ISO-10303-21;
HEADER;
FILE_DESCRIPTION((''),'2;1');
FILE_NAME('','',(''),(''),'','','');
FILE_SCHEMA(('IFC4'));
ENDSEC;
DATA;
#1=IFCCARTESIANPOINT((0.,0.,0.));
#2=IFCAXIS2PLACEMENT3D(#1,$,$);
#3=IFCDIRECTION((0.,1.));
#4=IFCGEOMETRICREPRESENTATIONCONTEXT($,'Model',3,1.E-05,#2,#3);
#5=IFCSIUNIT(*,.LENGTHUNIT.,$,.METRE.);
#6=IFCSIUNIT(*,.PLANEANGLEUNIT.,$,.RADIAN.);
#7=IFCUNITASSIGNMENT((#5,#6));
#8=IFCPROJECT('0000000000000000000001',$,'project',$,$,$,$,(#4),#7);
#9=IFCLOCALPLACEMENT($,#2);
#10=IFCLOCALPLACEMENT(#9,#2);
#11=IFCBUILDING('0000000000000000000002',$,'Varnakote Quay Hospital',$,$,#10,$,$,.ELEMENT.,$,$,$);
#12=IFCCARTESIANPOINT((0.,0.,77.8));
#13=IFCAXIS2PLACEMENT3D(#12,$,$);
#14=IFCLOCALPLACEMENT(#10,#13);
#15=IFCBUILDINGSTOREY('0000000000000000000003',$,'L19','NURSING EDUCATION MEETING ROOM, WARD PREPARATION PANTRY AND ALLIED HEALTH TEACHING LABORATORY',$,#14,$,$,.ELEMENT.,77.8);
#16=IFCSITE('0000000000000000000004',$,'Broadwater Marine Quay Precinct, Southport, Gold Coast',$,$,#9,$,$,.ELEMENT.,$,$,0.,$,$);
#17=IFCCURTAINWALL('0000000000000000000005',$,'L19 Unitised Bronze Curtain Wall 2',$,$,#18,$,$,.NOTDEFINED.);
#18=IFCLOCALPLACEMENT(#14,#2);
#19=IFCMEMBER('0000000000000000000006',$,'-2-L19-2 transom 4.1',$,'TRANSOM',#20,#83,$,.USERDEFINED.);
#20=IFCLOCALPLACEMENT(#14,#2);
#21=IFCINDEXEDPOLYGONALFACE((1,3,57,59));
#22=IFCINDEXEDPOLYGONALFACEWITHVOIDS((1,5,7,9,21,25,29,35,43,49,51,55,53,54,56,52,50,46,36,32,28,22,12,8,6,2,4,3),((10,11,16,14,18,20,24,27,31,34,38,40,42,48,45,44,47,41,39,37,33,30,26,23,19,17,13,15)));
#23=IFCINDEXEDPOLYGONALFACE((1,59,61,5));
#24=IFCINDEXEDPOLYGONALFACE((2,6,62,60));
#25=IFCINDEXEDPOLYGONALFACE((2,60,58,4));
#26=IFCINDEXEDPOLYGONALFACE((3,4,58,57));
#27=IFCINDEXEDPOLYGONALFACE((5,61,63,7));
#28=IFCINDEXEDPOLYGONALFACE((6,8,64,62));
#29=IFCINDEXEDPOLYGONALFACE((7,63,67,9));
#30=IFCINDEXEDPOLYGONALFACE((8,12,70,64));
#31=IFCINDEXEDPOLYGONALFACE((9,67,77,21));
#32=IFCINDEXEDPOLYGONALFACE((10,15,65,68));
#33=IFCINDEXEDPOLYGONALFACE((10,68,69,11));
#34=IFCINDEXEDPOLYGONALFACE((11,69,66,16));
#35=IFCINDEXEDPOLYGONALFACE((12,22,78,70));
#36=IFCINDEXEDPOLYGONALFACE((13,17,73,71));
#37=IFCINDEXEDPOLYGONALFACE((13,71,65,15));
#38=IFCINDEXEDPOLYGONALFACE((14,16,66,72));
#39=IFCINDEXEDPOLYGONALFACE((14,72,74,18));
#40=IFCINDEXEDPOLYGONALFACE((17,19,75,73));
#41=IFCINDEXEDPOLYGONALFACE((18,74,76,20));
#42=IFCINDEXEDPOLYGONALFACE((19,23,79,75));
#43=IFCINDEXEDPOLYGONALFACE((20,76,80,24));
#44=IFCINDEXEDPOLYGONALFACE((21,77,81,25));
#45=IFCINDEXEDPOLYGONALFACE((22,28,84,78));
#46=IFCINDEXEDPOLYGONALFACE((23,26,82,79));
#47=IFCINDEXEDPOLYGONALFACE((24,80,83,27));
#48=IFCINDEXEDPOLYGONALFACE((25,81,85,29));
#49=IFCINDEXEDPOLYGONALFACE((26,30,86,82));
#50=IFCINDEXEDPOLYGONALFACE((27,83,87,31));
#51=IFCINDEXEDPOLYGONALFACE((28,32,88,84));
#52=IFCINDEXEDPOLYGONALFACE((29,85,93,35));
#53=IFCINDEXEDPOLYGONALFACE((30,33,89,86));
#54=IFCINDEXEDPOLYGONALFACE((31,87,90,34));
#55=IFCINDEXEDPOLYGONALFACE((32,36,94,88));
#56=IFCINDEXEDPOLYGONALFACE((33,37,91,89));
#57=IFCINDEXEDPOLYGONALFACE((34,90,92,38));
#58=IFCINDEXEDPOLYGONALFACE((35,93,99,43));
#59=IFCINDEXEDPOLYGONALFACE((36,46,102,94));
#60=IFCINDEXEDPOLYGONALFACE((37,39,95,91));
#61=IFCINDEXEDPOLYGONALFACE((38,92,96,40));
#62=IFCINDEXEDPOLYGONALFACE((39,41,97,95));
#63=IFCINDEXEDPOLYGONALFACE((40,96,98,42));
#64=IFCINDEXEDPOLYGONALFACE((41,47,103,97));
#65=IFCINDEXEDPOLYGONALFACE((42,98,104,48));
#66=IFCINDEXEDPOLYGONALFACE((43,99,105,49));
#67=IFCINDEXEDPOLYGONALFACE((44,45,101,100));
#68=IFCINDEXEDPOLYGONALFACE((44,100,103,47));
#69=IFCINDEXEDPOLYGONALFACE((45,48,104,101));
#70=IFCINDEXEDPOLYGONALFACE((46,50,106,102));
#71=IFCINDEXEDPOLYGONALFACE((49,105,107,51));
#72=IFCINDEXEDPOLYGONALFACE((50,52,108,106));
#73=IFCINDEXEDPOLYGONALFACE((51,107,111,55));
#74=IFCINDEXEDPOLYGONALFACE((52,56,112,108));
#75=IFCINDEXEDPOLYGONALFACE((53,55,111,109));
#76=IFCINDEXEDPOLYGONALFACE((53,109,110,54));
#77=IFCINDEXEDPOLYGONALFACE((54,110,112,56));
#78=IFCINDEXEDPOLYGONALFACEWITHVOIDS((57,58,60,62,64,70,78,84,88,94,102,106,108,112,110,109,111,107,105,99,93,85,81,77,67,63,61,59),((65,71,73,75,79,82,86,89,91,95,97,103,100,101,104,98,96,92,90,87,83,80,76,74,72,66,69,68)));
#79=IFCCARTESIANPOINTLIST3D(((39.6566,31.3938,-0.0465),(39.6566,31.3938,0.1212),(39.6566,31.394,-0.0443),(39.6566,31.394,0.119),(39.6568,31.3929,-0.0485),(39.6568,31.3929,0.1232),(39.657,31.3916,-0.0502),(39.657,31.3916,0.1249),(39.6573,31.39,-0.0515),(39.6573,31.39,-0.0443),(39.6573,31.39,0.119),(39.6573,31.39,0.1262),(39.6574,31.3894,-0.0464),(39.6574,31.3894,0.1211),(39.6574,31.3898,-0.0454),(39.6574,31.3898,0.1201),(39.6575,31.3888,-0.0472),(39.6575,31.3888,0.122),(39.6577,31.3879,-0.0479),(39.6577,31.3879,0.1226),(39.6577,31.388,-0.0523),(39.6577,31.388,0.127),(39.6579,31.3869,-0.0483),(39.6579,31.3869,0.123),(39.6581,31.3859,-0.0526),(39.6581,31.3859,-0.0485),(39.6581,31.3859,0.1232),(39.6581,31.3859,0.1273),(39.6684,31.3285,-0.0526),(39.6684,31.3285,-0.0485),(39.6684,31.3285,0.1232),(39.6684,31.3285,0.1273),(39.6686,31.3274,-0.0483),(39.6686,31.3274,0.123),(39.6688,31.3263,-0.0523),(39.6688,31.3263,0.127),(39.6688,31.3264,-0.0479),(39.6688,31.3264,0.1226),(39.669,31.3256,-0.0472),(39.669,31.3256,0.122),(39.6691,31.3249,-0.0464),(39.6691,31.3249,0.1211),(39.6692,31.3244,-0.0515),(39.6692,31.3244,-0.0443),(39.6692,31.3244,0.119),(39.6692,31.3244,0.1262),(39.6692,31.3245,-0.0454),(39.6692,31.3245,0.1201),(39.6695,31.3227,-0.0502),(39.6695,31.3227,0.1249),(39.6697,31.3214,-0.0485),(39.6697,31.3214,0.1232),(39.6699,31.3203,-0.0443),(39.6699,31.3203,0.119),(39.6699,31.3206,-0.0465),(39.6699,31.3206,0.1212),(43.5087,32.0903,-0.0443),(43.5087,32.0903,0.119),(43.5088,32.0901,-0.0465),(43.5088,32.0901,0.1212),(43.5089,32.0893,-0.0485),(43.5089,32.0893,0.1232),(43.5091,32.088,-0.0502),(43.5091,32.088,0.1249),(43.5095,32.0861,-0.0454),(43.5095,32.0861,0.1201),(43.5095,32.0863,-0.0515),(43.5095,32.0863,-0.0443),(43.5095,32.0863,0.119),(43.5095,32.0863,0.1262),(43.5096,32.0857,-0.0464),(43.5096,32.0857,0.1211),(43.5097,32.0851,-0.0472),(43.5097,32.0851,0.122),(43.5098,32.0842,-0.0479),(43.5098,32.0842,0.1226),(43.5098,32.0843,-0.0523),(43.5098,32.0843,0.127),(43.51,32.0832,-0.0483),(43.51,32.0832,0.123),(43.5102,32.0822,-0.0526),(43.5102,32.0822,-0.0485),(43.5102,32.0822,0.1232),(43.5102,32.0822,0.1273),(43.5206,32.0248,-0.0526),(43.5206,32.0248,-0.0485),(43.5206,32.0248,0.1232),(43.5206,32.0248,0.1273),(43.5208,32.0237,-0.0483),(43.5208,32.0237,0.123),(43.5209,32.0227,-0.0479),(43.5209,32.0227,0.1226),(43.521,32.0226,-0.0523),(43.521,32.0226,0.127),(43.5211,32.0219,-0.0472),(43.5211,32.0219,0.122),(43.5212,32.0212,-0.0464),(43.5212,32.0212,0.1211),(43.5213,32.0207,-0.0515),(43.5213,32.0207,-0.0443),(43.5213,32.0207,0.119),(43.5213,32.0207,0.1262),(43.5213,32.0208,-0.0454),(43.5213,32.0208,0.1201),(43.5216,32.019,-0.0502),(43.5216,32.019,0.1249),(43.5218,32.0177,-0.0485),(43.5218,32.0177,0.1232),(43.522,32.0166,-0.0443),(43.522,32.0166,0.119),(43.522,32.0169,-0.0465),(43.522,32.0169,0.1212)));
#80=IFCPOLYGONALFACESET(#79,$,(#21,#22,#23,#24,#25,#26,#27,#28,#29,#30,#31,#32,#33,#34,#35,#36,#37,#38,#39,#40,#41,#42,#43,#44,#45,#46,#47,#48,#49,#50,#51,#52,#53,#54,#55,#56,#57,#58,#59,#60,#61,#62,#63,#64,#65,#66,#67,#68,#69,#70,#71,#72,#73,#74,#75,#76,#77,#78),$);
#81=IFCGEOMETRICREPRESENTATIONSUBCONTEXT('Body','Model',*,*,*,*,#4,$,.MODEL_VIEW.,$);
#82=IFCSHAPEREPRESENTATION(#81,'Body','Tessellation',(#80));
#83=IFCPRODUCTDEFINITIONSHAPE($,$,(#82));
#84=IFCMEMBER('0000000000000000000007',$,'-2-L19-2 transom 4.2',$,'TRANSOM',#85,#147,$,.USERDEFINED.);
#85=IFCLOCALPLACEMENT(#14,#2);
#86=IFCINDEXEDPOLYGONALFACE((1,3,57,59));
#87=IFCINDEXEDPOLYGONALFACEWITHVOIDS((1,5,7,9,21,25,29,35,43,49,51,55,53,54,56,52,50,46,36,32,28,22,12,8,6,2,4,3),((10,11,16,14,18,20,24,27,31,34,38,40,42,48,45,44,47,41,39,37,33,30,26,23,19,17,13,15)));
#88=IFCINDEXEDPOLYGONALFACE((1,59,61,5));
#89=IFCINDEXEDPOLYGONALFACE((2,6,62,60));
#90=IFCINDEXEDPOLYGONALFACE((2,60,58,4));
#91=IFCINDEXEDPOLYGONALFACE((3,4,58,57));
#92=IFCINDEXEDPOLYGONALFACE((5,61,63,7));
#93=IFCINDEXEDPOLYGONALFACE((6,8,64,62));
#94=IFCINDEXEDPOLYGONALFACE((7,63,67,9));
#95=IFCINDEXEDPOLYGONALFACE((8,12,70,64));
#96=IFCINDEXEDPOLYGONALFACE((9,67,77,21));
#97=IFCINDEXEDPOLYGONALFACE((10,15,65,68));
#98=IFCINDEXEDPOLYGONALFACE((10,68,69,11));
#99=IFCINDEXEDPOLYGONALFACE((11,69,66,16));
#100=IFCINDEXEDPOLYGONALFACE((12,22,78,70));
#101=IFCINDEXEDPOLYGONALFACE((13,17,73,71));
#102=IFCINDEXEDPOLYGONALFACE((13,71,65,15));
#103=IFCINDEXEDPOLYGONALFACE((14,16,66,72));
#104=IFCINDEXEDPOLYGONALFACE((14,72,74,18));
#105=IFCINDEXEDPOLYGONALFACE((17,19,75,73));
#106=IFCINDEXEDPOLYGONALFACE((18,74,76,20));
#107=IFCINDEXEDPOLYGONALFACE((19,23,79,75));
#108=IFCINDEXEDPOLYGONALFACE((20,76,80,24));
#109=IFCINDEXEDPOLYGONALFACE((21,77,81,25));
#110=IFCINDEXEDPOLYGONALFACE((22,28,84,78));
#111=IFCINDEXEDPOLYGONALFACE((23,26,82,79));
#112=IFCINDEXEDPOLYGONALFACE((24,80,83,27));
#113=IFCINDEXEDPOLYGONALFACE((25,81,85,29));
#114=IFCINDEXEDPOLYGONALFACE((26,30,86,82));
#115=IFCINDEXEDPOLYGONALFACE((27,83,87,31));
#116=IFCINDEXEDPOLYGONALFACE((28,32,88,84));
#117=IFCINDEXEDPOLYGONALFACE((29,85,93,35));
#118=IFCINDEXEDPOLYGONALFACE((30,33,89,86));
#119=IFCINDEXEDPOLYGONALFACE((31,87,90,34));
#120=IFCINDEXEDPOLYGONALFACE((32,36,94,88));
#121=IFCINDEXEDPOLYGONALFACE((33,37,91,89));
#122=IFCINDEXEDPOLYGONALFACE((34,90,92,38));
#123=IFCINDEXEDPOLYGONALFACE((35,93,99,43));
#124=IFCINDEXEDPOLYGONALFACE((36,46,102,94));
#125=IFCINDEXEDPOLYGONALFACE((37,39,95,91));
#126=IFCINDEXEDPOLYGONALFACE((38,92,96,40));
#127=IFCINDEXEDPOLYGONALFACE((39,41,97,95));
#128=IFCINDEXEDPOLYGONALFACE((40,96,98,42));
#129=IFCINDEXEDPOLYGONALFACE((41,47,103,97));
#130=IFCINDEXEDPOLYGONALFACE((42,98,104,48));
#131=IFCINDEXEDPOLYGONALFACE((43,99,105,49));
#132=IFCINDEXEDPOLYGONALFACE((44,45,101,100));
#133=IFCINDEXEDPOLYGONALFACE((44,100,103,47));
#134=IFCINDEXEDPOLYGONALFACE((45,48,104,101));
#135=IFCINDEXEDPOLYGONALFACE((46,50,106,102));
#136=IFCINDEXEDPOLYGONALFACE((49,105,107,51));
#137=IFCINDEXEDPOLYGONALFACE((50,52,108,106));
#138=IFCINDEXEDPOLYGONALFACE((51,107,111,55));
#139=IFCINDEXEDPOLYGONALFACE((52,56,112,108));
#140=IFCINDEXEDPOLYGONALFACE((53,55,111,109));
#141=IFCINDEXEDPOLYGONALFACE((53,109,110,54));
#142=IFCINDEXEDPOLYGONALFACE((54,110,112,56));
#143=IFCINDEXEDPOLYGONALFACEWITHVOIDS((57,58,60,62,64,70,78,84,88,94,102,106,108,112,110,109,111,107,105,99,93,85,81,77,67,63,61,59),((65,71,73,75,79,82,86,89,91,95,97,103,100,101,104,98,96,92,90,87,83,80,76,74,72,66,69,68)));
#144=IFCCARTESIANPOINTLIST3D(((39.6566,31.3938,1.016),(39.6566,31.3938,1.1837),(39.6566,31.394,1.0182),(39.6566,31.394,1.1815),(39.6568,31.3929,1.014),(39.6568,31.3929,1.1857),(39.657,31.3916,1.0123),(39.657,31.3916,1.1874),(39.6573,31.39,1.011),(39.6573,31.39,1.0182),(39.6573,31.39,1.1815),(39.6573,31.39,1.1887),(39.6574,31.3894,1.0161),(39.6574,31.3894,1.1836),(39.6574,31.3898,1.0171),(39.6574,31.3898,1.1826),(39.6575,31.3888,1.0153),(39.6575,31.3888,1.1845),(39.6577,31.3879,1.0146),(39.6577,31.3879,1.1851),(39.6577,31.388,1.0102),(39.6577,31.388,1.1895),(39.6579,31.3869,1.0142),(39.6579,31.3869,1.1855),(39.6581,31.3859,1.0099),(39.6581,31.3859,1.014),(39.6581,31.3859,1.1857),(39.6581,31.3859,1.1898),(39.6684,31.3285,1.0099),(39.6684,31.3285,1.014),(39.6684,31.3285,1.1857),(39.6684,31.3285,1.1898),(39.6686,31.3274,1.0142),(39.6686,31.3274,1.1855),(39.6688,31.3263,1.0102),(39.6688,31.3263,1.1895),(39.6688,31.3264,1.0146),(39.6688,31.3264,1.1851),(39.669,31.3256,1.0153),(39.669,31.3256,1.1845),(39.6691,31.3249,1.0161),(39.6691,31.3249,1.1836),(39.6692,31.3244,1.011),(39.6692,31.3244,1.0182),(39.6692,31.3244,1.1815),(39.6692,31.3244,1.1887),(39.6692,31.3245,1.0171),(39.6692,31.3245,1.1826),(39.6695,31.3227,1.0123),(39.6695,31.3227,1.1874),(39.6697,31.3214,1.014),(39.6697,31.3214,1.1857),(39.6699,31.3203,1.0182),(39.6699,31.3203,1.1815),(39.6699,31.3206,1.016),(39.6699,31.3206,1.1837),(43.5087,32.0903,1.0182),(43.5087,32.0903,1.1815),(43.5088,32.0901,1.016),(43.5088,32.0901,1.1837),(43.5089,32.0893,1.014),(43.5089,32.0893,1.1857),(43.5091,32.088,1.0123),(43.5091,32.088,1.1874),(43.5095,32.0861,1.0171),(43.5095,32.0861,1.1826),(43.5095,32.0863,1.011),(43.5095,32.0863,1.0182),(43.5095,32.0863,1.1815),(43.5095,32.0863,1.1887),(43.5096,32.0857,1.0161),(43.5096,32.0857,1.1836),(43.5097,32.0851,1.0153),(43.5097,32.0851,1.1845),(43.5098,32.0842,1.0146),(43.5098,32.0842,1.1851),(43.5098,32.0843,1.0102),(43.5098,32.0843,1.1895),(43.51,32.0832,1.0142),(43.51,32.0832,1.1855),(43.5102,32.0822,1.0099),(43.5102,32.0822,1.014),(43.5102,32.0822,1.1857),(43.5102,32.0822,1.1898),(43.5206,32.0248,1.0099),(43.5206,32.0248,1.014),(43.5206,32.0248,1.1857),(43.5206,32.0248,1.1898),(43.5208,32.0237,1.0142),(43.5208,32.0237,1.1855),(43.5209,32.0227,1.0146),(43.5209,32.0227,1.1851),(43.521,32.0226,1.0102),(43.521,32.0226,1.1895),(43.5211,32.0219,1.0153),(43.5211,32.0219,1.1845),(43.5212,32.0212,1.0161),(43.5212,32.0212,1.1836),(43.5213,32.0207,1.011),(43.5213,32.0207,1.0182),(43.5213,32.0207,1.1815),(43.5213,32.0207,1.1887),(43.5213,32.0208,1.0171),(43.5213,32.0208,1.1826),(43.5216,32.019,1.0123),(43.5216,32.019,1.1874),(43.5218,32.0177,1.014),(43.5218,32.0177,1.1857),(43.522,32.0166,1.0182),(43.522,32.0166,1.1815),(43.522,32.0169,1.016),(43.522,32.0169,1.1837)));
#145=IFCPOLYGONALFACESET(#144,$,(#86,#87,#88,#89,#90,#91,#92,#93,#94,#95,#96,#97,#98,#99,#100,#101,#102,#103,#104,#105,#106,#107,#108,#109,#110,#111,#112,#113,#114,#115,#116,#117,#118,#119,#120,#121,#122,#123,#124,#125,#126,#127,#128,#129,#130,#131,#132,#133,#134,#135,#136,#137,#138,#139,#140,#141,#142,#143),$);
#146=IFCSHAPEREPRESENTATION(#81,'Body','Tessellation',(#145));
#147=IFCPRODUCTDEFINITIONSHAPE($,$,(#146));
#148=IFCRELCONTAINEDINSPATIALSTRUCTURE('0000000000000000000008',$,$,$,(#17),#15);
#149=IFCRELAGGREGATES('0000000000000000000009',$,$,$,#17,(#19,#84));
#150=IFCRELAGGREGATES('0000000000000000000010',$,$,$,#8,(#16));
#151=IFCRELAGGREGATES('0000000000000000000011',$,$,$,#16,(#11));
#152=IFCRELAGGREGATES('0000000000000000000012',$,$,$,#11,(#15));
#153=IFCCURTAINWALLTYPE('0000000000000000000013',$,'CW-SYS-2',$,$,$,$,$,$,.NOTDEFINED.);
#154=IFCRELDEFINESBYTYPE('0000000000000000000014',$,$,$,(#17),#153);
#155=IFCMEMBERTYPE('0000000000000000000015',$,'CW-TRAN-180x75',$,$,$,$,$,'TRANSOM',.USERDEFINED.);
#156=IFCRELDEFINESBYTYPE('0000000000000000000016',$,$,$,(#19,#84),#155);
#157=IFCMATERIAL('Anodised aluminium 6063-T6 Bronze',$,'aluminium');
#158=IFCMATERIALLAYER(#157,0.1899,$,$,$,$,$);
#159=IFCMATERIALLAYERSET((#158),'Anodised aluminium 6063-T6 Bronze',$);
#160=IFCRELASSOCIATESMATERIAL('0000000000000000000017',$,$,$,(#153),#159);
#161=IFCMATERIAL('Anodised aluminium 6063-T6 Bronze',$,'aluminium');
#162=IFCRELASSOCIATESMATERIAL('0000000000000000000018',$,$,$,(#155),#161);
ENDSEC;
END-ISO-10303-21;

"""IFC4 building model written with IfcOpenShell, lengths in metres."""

from ifc_helpers import new_model, si_unit, direction, frame, origin, origin_2d, place, context, subcontext, project, spatial, hollow_rectangle, extrude, material, layer, layer_set, material_profile, profile_set, type_object, element, aggregate, save


model = new_model("IFC4")

# Units and contexts
model_context = context("Model", 3, precision=1e-05, world=origin(), true_north=direction((0.0, 1.0)))
body_context = subcontext(model_context, "Body", "Model", "MODEL_VIEW")
ifc_project = project(units=[si_unit("LENGTHUNIT", "METRE"), si_unit("PLANEANGLEUNIT", "RADIAN")], contexts=[model_context])

# Site, building, storey
site_placement = place(None, origin())
site = spatial("IfcSite", under=ifc_project, at=site_placement, Name="Broadwater Marine Quay Precinct, Southport, Gold Coast", CompositionType="ELEMENT", RefElevation=0.0)
building_placement = place(site_placement, origin())
building = spatial("IfcBuilding", under=site, at=building_placement, Name="Varnakote Quay Hospital", CompositionType="ELEMENT")
storey_placement = place(building_placement, frame((0.0, 0.0, 77.8)))
storey = spatial("IfcBuildingStorey", under=building, at=storey_placement, Name="L19", Description="NURSING EDUCATION MEETING ROOM, WARD PREPARATION PANTRY AND ALLIED HEALTH TEACHING LABORATORY", CompositionType="ELEMENT", Elevation=77.8)

# Curtain wall, members
ifc_material_1 = material(Name="Anodised aluminium 6063-T6 Bronze", Category="aluminium")
ifc_layer_1 = layer(ifc_material_1, 0.1899)
ifc_layer_set_1 = layer_set([ifc_layer_1], Name="Anodised aluminium 6063-T6 Bronze")
curtain_wall_type = type_object("IfcCurtainWallType", Name="CW-SYS-2", PredefinedType="NOTDEFINED", material=ifc_layer_set_1)
curtain_wall_placement = place(storey_placement, origin())
curtain_wall = element("IfcCurtainWall", 1, at=curtain_wall_placement, inside=storey, type_object=curtain_wall_type, Name="L19 Unitised Bronze Curtain Wall 2", PredefinedType="NOTDEFINED")
ifc_material_2 = material(Name="Anodised aluminium 6063-T6 Bronze", Category="aluminium")
ifc_material_profile_1 = material_profile(ifc_material_2, hollow_rectangle(XDim=0.075, YDim=0.1799, WallThickness=0.0042, InnerFilletRadius=0.0042, OuterFilletRadius=0.0083, at=origin_2d()), Name="CW-TRAN-180x75")
ifc_profile_set_1 = profile_set([ifc_material_profile_1], Name="Anodised aluminium 6063-T6 Bronze")
member_type_1 = type_object("IfcMemberType", Name="CW-TRAN-180x75", ElementType="TRANSOM", PredefinedType="USERDEFINED", material=ifc_profile_set_1)
member_1_placement = place(storey_placement, frame((43.5154, 32.0535, 0.0374), z_axis=(-0.984053, -0.177875, 0.0), x_axis=(0.177875, -0.984053, 0.0)))
member_1 = element("IfcMember", 2, at=member_1_placement, type_object=member_type_1, Name="-2-L19-2 transom 4.1", ObjectType="TRANSOM", PredefinedType="USERDEFINED", context=body_context, shape_type="SweptSolid", body=[
    extrude(hollow_rectangle(XDim=0.075, YDim=0.1799, WallThickness=0.0042, InnerFilletRadius=0.0042, OuterFilletRadius=0.0083, at=origin_2d()), origin(), (0.0, 0.0, 1.0), 3.9146),
])
member_2_placement = place(storey_placement, frame((43.5154, 32.0535, 1.0999), z_axis=(-0.984053, -0.177875, 0.0), x_axis=(0.177875, -0.984053, 0.0)))
member_2 = element("IfcMember", 3, at=member_2_placement, type_object=member_type_1, Name="-2-L19-2 transom 4.2", ObjectType="TRANSOM", PredefinedType="USERDEFINED", context=body_context, shape_type="SweptSolid", body=[
    extrude(hollow_rectangle(XDim=0.075, YDim=0.1799, WallThickness=0.0042, InnerFilletRadius=0.0042, OuterFilletRadius=0.0083, at=origin_2d()), origin(), (0.0, 0.0, 1.0), 3.9146),
])

aggregate(curtain_wall, [member_1, member_2])

save(model, "model.ifc")
